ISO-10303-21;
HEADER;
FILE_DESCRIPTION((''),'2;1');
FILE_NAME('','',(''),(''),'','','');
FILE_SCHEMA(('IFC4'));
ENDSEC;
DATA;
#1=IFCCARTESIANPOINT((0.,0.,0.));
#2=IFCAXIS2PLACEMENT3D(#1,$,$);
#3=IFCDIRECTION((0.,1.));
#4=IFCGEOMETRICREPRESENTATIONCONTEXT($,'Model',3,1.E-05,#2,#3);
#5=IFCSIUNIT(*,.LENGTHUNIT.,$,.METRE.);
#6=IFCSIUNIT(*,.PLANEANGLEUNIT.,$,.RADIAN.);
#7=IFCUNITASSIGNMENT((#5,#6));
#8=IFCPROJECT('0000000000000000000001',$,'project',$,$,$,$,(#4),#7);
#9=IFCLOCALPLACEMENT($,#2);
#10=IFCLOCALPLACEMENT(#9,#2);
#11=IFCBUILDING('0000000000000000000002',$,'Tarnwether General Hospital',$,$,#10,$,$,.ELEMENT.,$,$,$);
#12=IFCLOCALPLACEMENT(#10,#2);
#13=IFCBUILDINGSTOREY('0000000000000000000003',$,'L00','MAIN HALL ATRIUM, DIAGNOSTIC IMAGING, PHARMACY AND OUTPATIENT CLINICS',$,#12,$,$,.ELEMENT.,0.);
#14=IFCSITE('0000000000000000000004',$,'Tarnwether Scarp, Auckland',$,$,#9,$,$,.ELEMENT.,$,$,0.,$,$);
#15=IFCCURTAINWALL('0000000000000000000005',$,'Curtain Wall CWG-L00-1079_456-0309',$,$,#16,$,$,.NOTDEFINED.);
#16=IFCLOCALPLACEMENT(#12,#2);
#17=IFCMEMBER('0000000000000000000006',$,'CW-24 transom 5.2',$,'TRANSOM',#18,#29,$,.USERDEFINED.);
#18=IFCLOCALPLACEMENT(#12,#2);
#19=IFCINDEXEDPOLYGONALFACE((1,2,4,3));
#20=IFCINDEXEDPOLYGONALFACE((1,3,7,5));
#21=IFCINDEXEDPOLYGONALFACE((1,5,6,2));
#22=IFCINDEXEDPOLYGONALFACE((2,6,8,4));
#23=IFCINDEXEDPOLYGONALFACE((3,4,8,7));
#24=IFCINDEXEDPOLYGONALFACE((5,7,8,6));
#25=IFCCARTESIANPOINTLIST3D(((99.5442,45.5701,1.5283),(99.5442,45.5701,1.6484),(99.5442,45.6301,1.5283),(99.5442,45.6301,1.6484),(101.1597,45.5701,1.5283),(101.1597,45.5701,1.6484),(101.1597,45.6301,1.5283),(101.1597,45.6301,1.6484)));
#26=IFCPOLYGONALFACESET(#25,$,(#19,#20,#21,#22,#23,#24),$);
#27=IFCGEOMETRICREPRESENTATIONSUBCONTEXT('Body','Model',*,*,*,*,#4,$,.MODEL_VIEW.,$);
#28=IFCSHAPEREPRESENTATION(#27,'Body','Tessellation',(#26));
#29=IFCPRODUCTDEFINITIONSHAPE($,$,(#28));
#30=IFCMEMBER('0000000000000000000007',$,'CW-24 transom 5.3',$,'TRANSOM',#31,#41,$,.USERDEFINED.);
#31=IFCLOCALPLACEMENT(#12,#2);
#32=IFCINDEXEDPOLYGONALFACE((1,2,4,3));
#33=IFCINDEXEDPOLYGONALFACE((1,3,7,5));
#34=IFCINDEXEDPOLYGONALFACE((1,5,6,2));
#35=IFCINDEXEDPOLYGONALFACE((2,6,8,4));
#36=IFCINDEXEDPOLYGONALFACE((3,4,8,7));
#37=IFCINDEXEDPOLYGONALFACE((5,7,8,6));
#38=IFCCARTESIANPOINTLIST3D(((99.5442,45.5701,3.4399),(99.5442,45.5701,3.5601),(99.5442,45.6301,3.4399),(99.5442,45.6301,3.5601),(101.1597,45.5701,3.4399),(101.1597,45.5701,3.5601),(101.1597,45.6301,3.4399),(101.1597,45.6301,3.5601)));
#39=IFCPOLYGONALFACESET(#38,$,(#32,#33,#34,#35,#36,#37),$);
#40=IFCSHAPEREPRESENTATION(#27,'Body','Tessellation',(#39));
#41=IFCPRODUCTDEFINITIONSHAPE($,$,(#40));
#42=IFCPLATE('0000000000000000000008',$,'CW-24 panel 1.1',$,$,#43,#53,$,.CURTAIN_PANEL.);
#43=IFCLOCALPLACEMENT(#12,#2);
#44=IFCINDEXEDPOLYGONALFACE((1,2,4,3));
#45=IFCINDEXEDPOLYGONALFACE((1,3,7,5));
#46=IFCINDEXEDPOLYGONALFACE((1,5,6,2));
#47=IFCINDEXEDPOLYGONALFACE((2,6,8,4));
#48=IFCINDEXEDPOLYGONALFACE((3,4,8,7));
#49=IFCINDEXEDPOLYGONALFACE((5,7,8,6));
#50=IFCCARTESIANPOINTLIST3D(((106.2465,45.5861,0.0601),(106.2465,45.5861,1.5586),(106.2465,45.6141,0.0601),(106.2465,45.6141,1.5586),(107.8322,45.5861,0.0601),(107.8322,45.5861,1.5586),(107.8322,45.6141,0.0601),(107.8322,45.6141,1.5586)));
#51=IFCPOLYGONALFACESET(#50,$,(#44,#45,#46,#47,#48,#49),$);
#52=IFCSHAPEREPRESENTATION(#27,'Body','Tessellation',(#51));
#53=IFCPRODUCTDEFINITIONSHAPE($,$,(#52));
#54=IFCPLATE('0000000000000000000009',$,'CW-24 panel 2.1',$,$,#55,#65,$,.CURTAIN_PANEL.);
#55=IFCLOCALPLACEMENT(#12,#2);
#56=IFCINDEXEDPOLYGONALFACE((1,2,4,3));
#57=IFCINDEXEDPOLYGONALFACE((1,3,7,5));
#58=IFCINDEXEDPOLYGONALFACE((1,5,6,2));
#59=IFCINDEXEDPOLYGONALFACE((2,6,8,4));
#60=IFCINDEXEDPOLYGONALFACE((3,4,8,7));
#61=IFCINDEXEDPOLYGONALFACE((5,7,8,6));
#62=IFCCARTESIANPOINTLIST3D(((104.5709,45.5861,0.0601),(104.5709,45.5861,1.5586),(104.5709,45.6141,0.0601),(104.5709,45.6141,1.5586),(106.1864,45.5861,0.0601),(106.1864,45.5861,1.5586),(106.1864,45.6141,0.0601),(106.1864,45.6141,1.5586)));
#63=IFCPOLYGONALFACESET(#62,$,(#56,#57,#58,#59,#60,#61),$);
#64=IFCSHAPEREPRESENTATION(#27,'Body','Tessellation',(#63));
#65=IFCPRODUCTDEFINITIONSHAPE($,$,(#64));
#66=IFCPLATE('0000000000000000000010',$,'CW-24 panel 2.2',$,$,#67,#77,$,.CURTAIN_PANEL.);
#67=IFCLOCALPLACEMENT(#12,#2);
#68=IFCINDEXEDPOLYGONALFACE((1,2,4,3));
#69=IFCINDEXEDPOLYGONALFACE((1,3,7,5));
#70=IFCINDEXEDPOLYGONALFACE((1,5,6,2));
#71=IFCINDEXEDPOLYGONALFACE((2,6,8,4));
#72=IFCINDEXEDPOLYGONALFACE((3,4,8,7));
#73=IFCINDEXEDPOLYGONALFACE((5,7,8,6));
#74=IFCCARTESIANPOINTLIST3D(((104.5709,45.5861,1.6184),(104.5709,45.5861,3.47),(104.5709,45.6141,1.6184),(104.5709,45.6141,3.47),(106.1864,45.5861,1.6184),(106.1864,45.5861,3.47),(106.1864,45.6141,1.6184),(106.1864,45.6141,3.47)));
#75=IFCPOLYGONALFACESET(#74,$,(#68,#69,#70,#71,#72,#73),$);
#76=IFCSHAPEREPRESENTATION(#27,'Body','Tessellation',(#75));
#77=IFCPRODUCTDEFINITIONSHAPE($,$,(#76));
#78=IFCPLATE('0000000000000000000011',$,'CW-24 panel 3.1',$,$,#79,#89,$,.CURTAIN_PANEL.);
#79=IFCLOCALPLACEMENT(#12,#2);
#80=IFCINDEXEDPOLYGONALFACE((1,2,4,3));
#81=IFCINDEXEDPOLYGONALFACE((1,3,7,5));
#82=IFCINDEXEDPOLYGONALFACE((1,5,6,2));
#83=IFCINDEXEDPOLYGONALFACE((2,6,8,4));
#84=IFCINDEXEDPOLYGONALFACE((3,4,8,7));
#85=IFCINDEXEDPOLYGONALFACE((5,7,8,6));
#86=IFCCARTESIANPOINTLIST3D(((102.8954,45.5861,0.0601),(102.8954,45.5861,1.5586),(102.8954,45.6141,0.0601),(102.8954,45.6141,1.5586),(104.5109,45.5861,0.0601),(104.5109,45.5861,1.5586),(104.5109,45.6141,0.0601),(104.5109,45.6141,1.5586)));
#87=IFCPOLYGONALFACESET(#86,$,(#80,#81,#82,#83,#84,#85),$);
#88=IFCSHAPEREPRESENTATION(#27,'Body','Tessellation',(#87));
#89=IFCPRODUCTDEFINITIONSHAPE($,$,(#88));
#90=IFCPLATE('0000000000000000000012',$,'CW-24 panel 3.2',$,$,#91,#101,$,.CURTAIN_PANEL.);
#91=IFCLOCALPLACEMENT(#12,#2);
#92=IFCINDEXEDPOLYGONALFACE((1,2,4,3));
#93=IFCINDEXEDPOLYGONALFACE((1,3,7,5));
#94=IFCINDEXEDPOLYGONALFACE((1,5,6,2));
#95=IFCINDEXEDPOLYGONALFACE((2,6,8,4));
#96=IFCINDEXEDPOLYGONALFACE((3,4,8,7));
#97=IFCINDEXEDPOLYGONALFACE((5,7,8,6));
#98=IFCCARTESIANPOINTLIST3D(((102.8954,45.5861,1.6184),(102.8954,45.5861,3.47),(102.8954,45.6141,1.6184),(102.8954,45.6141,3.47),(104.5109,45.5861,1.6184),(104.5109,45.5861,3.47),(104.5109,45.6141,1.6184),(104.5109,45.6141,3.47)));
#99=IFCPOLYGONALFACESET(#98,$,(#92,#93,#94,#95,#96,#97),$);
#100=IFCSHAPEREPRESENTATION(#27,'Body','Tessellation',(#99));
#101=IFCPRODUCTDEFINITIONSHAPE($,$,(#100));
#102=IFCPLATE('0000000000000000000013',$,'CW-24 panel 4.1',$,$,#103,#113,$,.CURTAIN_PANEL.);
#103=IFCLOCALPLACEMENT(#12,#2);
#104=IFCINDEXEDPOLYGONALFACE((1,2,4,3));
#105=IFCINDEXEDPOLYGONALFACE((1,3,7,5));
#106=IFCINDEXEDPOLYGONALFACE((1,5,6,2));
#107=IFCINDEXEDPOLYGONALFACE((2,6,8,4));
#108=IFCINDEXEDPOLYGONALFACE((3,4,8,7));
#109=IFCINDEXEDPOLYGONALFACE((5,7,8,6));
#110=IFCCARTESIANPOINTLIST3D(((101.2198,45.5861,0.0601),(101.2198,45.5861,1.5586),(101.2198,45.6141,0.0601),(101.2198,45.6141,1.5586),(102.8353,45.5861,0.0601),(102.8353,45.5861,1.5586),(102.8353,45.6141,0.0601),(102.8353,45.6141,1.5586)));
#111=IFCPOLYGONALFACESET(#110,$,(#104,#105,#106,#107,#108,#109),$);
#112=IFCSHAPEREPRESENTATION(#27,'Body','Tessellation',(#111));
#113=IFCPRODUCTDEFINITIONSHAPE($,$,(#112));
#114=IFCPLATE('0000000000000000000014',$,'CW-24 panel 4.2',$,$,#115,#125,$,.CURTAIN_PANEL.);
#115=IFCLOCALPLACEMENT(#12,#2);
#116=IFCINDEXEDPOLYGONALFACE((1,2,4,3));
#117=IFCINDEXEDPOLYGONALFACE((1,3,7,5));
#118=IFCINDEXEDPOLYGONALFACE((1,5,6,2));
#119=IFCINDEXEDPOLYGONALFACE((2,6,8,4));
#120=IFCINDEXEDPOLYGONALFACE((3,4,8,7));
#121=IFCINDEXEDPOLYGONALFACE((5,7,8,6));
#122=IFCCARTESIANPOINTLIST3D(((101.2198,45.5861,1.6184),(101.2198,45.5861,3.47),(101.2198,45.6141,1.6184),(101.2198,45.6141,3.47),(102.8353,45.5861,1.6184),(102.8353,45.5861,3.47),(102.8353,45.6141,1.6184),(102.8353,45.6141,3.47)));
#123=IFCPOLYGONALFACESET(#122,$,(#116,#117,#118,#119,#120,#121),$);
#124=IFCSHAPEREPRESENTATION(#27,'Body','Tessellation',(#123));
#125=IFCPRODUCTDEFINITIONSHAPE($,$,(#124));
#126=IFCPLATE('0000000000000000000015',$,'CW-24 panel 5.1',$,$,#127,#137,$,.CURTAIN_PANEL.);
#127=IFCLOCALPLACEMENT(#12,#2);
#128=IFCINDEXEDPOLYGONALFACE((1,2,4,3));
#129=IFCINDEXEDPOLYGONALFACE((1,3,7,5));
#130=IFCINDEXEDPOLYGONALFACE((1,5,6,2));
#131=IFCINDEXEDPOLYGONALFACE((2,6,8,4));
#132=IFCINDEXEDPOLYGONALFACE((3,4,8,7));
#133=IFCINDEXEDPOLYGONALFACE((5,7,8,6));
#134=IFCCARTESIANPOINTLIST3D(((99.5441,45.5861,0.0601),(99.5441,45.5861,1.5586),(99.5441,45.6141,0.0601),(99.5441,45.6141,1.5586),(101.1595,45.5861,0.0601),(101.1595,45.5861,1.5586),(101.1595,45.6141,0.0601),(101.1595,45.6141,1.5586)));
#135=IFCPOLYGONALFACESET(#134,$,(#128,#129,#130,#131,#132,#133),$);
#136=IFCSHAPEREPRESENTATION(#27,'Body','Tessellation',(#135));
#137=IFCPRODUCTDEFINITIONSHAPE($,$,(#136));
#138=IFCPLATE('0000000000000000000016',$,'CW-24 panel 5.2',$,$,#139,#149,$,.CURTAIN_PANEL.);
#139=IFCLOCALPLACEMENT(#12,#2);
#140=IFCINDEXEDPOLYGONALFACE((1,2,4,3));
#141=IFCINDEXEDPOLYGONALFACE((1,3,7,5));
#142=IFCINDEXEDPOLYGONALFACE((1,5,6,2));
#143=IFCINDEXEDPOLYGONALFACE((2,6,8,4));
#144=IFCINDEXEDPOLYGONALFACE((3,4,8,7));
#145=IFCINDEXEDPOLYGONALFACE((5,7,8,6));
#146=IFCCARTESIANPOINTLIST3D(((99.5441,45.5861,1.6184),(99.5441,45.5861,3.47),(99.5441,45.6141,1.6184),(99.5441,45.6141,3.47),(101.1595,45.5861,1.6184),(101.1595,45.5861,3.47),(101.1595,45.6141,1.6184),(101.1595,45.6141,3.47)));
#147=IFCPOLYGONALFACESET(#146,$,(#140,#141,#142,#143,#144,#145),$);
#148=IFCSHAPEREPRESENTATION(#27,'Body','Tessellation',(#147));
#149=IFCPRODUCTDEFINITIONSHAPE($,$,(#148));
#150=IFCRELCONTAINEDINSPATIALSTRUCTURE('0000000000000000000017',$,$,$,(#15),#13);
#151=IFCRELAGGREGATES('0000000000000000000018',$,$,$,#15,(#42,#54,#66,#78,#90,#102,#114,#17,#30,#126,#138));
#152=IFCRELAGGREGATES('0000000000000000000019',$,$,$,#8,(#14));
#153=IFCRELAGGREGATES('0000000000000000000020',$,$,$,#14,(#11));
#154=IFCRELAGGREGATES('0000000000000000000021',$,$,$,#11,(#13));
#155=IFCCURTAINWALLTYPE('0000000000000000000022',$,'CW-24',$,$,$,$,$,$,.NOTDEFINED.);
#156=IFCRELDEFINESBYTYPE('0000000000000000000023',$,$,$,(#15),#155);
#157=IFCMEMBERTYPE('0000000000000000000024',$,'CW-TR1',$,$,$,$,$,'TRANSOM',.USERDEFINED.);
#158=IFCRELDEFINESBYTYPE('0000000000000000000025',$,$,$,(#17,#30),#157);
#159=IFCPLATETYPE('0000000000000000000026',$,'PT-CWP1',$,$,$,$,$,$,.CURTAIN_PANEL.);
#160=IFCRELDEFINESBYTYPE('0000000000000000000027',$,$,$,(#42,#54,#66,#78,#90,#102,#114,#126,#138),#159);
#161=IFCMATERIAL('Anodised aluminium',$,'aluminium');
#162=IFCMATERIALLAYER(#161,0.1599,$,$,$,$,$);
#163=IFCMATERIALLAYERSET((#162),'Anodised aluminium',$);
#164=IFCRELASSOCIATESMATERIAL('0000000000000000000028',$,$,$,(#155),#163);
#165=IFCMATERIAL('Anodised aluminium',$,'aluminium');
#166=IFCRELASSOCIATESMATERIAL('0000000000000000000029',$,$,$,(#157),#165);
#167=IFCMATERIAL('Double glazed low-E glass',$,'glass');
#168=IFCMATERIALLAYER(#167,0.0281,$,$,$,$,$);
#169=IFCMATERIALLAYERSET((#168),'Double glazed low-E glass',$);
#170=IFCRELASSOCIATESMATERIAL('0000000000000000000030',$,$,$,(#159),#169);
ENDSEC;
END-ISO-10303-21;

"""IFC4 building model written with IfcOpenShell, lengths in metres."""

from ifc_helpers import new_model, si_unit, direction, frame, origin, origin_2d, place, context, subcontext, project, spatial, rectangle, extrude, material, layer, layer_set, material_profile, profile_set, type_object, element, aggregate, save


model = new_model("IFC4")

# Units and contexts
model_context = context("Model", 3, precision=1e-05, world=origin(), true_north=direction((0.0, 1.0)))
body_context = subcontext(model_context, "Body", "Model", "MODEL_VIEW")
ifc_project = project(units=[si_unit("LENGTHUNIT", "METRE"), si_unit("PLANEANGLEUNIT", "RADIAN")], contexts=[model_context])

# Site, building, storey
site_placement = place(None, origin())
site = spatial("IfcSite", under=ifc_project, at=site_placement, Name="Tarnwether Scarp, Auckland", CompositionType="ELEMENT", RefElevation=0.0)
building_placement = place(site_placement, origin())
building = spatial("IfcBuilding", under=site, at=building_placement, Name="Tarnwether General Hospital", CompositionType="ELEMENT")
storey_placement = place(building_placement, origin())
storey = spatial("IfcBuildingStorey", under=building, at=storey_placement, Name="L00", Description="MAIN HALL ATRIUM, DIAGNOSTIC IMAGING, PHARMACY AND OUTPATIENT CLINICS", CompositionType="ELEMENT", Elevation=0.0)

# Curtain wall, members, plates
ifc_material_1 = material(Name="Anodised aluminium", Category="aluminium")
ifc_layer_1 = layer(ifc_material_1, 0.1599)
ifc_layer_set_1 = layer_set([ifc_layer_1], Name="Anodised aluminium")
curtain_wall_type = type_object("IfcCurtainWallType", Name="CW-24", PredefinedType="NOTDEFINED", material=ifc_layer_set_1)
curtain_wall_placement = place(storey_placement, origin())
curtain_wall = element("IfcCurtainWall", 1, at=curtain_wall_placement, inside=storey, type_object=curtain_wall_type, Name="Curtain Wall CWG-L00-1079_456-0309", PredefinedType="NOTDEFINED")
ifc_material_2 = material(Name="Anodised aluminium", Category="aluminium")
ifc_material_profile_1 = material_profile(ifc_material_2, rectangle(XDim=0.0601, YDim=0.1201, at=origin_2d()), Name="ALU-TRN-60x120")
ifc_profile_set_1 = profile_set([ifc_material_profile_1], Name="Anodised aluminium")
member_type_1 = type_object("IfcMemberType", Name="CW-TR1", ElementType="TRANSOM", PredefinedType="USERDEFINED", material=ifc_profile_set_1)
member_1_placement = place(storey_placement, frame((101.1597, 45.6001, 1.5884), z_axis=(-1.0, 0.0, 0.0), x_axis=(0.0, -1.0, 0.0)))
member_1 = element("IfcMember", 2, at=member_1_placement, type_object=member_type_1, Name="CW-24 transom 5.2", ObjectType="TRANSOM", PredefinedType="USERDEFINED", context=body_context, shape_type="SweptSolid", body=[
    extrude(rectangle(XDim=0.0601, YDim=0.1201, at=origin_2d()), origin(), (0.0, 0.0, 1.0), 1.6155),
])
member_2_placement = place(storey_placement, frame((101.1597, 45.6001, 3.5), z_axis=(-1.0, 0.0, 0.0), x_axis=(0.0, -1.0, 0.0)))
member_2 = element("IfcMember", 3, at=member_2_placement, type_object=member_type_1, Name="CW-24 transom 5.3", ObjectType="TRANSOM", PredefinedType="USERDEFINED", context=body_context, shape_type="SweptSolid", body=[
    extrude(rectangle(XDim=0.0601, YDim=0.1201, at=origin_2d()), origin(), (0.0, 0.0, 1.0), 1.6155),
])
ifc_material_3 = material(Name="Double glazed low-E glass", Category="glass")
ifc_layer_2 = layer(ifc_material_3, 0.0281)
ifc_layer_set_2 = layer_set([ifc_layer_2], Name="Double glazed low-E glass")
plate_type = type_object("IfcPlateType", Name="PT-CWP1", PredefinedType="CURTAIN_PANEL", material=ifc_layer_set_2)
plate_1_placement = place(storey_placement, frame((107.0393, 45.6001, 0.0601), z_axis=(0.0, 0.0, 1.0), x_axis=(-1.0, 0.0, 0.0)))
plate_1 = element("IfcPlate", 4, at=plate_1_placement, type_object=plate_type, Name="CW-24 panel 1.1", PredefinedType="CURTAIN_PANEL", context=body_context, shape_type="SweptSolid", body=[
    extrude(rectangle(XDim=1.5857, YDim=0.0281, at=origin_2d()), origin(), (0.0, 0.0, 1.0), 1.4985),
])
plate_2_placement = place(storey_placement, frame((105.3787, 45.6001, 0.0601), z_axis=(0.0, 0.0, 1.0), x_axis=(-1.0, 0.0, 0.0)))
plate_2 = element("IfcPlate", 5, at=plate_2_placement, type_object=plate_type, Name="CW-24 panel 2.1", PredefinedType="CURTAIN_PANEL", context=body_context, shape_type="SweptSolid", body=[
    extrude(rectangle(XDim=1.6155, YDim=0.0281, at=origin_2d()), origin(), (0.0, 0.0, 1.0), 1.4985),
])
plate_3_placement = place(storey_placement, frame((105.3787, 45.6001, 1.6184), z_axis=(0.0, 0.0, 1.0), x_axis=(-1.0, 0.0, 0.0)))
plate_3 = element("IfcPlate", 6, at=plate_3_placement, type_object=plate_type, Name="CW-24 panel 2.2", PredefinedType="CURTAIN_PANEL", context=body_context, shape_type="SweptSolid", body=[
    extrude(rectangle(XDim=1.6155, YDim=0.0281, at=origin_2d()), origin(), (0.0, 0.0, 1.0), 1.8516),
])
plate_4_placement = place(storey_placement, frame((103.7031, 45.6001, 0.0601), z_axis=(0.0, 0.0, 1.0), x_axis=(-1.0, 0.0, 0.0)))
plate_4 = element("IfcPlate", 7, at=plate_4_placement, type_object=plate_type, Name="CW-24 panel 3.1", PredefinedType="CURTAIN_PANEL", context=body_context, shape_type="SweptSolid", body=[
    extrude(rectangle(XDim=1.6155, YDim=0.0281, at=origin_2d()), origin(), (0.0, 0.0, 1.0), 1.4985),
])
plate_5_placement = place(storey_placement, frame((103.7031, 45.6001, 1.6184), z_axis=(0.0, 0.0, 1.0), x_axis=(-1.0, 0.0, 0.0)))
plate_5 = element("IfcPlate", 8, at=plate_5_placement, type_object=plate_type, Name="CW-24 panel 3.2", PredefinedType="CURTAIN_PANEL", context=body_context, shape_type="SweptSolid", body=[
    extrude(rectangle(XDim=1.6155, YDim=0.0281, at=origin_2d()), origin(), (0.0, 0.0, 1.0), 1.8516),
])
plate_6_placement = place(storey_placement, frame((102.0276, 45.6001, 0.0601), z_axis=(0.0, 0.0, 1.0), x_axis=(-1.0, 0.0, 0.0)))
plate_6 = element("IfcPlate", 9, at=plate_6_placement, type_object=plate_type, Name="CW-24 panel 4.1", PredefinedType="CURTAIN_PANEL", context=body_context, shape_type="SweptSolid", body=[
    extrude(rectangle(XDim=1.6155, YDim=0.0281, at=origin_2d()), origin(), (0.0, 0.0, 1.0), 1.4985),
])
plate_7_placement = place(storey_placement, frame((102.0276, 45.6001, 1.6184), z_axis=(0.0, 0.0, 1.0), x_axis=(-1.0, 0.0, 0.0)))
plate_7 = element("IfcPlate", 10, at=plate_7_placement, type_object=plate_type, Name="CW-24 panel 4.2", PredefinedType="CURTAIN_PANEL", context=body_context, shape_type="SweptSolid", body=[
    extrude(rectangle(XDim=1.6155, YDim=0.0281, at=origin_2d()), origin(), (0.0, 0.0, 1.0), 1.8516),
])
plate_8_placement = place(storey_placement, frame((100.3518, 45.6001, 0.0601), z_axis=(0.0, 0.0, 1.0), x_axis=(-1.0, 0.0, 0.0)))
plate_8 = element("IfcPlate", 11, at=plate_8_placement, type_object=plate_type, Name="CW-24 panel 5.1", PredefinedType="CURTAIN_PANEL", context=body_context, shape_type="SweptSolid", body=[
    extrude(rectangle(XDim=1.6155, YDim=0.0281, at=origin_2d()), origin(), (0.0, 0.0, 1.0), 1.4985),
])
plate_9_placement = place(storey_placement, frame((100.3518, 45.6001, 1.6184), z_axis=(0.0, 0.0, 1.0), x_axis=(-1.0, 0.0, 0.0)))
plate_9 = element("IfcPlate", 12, at=plate_9_placement, type_object=plate_type, Name="CW-24 panel 5.2", PredefinedType="CURTAIN_PANEL", context=body_context, shape_type="SweptSolid", body=[
    extrude(rectangle(XDim=1.6155, YDim=0.0281, at=origin_2d()), origin(), (0.0, 0.0, 1.0), 1.8516),
])
aggregate(curtain_wall, [plate_1, plate_2, plate_3, plate_4, plate_5, plate_6, plate_7, member_1, member_2, plate_8, plate_9])

save(model, "model.ifc")
